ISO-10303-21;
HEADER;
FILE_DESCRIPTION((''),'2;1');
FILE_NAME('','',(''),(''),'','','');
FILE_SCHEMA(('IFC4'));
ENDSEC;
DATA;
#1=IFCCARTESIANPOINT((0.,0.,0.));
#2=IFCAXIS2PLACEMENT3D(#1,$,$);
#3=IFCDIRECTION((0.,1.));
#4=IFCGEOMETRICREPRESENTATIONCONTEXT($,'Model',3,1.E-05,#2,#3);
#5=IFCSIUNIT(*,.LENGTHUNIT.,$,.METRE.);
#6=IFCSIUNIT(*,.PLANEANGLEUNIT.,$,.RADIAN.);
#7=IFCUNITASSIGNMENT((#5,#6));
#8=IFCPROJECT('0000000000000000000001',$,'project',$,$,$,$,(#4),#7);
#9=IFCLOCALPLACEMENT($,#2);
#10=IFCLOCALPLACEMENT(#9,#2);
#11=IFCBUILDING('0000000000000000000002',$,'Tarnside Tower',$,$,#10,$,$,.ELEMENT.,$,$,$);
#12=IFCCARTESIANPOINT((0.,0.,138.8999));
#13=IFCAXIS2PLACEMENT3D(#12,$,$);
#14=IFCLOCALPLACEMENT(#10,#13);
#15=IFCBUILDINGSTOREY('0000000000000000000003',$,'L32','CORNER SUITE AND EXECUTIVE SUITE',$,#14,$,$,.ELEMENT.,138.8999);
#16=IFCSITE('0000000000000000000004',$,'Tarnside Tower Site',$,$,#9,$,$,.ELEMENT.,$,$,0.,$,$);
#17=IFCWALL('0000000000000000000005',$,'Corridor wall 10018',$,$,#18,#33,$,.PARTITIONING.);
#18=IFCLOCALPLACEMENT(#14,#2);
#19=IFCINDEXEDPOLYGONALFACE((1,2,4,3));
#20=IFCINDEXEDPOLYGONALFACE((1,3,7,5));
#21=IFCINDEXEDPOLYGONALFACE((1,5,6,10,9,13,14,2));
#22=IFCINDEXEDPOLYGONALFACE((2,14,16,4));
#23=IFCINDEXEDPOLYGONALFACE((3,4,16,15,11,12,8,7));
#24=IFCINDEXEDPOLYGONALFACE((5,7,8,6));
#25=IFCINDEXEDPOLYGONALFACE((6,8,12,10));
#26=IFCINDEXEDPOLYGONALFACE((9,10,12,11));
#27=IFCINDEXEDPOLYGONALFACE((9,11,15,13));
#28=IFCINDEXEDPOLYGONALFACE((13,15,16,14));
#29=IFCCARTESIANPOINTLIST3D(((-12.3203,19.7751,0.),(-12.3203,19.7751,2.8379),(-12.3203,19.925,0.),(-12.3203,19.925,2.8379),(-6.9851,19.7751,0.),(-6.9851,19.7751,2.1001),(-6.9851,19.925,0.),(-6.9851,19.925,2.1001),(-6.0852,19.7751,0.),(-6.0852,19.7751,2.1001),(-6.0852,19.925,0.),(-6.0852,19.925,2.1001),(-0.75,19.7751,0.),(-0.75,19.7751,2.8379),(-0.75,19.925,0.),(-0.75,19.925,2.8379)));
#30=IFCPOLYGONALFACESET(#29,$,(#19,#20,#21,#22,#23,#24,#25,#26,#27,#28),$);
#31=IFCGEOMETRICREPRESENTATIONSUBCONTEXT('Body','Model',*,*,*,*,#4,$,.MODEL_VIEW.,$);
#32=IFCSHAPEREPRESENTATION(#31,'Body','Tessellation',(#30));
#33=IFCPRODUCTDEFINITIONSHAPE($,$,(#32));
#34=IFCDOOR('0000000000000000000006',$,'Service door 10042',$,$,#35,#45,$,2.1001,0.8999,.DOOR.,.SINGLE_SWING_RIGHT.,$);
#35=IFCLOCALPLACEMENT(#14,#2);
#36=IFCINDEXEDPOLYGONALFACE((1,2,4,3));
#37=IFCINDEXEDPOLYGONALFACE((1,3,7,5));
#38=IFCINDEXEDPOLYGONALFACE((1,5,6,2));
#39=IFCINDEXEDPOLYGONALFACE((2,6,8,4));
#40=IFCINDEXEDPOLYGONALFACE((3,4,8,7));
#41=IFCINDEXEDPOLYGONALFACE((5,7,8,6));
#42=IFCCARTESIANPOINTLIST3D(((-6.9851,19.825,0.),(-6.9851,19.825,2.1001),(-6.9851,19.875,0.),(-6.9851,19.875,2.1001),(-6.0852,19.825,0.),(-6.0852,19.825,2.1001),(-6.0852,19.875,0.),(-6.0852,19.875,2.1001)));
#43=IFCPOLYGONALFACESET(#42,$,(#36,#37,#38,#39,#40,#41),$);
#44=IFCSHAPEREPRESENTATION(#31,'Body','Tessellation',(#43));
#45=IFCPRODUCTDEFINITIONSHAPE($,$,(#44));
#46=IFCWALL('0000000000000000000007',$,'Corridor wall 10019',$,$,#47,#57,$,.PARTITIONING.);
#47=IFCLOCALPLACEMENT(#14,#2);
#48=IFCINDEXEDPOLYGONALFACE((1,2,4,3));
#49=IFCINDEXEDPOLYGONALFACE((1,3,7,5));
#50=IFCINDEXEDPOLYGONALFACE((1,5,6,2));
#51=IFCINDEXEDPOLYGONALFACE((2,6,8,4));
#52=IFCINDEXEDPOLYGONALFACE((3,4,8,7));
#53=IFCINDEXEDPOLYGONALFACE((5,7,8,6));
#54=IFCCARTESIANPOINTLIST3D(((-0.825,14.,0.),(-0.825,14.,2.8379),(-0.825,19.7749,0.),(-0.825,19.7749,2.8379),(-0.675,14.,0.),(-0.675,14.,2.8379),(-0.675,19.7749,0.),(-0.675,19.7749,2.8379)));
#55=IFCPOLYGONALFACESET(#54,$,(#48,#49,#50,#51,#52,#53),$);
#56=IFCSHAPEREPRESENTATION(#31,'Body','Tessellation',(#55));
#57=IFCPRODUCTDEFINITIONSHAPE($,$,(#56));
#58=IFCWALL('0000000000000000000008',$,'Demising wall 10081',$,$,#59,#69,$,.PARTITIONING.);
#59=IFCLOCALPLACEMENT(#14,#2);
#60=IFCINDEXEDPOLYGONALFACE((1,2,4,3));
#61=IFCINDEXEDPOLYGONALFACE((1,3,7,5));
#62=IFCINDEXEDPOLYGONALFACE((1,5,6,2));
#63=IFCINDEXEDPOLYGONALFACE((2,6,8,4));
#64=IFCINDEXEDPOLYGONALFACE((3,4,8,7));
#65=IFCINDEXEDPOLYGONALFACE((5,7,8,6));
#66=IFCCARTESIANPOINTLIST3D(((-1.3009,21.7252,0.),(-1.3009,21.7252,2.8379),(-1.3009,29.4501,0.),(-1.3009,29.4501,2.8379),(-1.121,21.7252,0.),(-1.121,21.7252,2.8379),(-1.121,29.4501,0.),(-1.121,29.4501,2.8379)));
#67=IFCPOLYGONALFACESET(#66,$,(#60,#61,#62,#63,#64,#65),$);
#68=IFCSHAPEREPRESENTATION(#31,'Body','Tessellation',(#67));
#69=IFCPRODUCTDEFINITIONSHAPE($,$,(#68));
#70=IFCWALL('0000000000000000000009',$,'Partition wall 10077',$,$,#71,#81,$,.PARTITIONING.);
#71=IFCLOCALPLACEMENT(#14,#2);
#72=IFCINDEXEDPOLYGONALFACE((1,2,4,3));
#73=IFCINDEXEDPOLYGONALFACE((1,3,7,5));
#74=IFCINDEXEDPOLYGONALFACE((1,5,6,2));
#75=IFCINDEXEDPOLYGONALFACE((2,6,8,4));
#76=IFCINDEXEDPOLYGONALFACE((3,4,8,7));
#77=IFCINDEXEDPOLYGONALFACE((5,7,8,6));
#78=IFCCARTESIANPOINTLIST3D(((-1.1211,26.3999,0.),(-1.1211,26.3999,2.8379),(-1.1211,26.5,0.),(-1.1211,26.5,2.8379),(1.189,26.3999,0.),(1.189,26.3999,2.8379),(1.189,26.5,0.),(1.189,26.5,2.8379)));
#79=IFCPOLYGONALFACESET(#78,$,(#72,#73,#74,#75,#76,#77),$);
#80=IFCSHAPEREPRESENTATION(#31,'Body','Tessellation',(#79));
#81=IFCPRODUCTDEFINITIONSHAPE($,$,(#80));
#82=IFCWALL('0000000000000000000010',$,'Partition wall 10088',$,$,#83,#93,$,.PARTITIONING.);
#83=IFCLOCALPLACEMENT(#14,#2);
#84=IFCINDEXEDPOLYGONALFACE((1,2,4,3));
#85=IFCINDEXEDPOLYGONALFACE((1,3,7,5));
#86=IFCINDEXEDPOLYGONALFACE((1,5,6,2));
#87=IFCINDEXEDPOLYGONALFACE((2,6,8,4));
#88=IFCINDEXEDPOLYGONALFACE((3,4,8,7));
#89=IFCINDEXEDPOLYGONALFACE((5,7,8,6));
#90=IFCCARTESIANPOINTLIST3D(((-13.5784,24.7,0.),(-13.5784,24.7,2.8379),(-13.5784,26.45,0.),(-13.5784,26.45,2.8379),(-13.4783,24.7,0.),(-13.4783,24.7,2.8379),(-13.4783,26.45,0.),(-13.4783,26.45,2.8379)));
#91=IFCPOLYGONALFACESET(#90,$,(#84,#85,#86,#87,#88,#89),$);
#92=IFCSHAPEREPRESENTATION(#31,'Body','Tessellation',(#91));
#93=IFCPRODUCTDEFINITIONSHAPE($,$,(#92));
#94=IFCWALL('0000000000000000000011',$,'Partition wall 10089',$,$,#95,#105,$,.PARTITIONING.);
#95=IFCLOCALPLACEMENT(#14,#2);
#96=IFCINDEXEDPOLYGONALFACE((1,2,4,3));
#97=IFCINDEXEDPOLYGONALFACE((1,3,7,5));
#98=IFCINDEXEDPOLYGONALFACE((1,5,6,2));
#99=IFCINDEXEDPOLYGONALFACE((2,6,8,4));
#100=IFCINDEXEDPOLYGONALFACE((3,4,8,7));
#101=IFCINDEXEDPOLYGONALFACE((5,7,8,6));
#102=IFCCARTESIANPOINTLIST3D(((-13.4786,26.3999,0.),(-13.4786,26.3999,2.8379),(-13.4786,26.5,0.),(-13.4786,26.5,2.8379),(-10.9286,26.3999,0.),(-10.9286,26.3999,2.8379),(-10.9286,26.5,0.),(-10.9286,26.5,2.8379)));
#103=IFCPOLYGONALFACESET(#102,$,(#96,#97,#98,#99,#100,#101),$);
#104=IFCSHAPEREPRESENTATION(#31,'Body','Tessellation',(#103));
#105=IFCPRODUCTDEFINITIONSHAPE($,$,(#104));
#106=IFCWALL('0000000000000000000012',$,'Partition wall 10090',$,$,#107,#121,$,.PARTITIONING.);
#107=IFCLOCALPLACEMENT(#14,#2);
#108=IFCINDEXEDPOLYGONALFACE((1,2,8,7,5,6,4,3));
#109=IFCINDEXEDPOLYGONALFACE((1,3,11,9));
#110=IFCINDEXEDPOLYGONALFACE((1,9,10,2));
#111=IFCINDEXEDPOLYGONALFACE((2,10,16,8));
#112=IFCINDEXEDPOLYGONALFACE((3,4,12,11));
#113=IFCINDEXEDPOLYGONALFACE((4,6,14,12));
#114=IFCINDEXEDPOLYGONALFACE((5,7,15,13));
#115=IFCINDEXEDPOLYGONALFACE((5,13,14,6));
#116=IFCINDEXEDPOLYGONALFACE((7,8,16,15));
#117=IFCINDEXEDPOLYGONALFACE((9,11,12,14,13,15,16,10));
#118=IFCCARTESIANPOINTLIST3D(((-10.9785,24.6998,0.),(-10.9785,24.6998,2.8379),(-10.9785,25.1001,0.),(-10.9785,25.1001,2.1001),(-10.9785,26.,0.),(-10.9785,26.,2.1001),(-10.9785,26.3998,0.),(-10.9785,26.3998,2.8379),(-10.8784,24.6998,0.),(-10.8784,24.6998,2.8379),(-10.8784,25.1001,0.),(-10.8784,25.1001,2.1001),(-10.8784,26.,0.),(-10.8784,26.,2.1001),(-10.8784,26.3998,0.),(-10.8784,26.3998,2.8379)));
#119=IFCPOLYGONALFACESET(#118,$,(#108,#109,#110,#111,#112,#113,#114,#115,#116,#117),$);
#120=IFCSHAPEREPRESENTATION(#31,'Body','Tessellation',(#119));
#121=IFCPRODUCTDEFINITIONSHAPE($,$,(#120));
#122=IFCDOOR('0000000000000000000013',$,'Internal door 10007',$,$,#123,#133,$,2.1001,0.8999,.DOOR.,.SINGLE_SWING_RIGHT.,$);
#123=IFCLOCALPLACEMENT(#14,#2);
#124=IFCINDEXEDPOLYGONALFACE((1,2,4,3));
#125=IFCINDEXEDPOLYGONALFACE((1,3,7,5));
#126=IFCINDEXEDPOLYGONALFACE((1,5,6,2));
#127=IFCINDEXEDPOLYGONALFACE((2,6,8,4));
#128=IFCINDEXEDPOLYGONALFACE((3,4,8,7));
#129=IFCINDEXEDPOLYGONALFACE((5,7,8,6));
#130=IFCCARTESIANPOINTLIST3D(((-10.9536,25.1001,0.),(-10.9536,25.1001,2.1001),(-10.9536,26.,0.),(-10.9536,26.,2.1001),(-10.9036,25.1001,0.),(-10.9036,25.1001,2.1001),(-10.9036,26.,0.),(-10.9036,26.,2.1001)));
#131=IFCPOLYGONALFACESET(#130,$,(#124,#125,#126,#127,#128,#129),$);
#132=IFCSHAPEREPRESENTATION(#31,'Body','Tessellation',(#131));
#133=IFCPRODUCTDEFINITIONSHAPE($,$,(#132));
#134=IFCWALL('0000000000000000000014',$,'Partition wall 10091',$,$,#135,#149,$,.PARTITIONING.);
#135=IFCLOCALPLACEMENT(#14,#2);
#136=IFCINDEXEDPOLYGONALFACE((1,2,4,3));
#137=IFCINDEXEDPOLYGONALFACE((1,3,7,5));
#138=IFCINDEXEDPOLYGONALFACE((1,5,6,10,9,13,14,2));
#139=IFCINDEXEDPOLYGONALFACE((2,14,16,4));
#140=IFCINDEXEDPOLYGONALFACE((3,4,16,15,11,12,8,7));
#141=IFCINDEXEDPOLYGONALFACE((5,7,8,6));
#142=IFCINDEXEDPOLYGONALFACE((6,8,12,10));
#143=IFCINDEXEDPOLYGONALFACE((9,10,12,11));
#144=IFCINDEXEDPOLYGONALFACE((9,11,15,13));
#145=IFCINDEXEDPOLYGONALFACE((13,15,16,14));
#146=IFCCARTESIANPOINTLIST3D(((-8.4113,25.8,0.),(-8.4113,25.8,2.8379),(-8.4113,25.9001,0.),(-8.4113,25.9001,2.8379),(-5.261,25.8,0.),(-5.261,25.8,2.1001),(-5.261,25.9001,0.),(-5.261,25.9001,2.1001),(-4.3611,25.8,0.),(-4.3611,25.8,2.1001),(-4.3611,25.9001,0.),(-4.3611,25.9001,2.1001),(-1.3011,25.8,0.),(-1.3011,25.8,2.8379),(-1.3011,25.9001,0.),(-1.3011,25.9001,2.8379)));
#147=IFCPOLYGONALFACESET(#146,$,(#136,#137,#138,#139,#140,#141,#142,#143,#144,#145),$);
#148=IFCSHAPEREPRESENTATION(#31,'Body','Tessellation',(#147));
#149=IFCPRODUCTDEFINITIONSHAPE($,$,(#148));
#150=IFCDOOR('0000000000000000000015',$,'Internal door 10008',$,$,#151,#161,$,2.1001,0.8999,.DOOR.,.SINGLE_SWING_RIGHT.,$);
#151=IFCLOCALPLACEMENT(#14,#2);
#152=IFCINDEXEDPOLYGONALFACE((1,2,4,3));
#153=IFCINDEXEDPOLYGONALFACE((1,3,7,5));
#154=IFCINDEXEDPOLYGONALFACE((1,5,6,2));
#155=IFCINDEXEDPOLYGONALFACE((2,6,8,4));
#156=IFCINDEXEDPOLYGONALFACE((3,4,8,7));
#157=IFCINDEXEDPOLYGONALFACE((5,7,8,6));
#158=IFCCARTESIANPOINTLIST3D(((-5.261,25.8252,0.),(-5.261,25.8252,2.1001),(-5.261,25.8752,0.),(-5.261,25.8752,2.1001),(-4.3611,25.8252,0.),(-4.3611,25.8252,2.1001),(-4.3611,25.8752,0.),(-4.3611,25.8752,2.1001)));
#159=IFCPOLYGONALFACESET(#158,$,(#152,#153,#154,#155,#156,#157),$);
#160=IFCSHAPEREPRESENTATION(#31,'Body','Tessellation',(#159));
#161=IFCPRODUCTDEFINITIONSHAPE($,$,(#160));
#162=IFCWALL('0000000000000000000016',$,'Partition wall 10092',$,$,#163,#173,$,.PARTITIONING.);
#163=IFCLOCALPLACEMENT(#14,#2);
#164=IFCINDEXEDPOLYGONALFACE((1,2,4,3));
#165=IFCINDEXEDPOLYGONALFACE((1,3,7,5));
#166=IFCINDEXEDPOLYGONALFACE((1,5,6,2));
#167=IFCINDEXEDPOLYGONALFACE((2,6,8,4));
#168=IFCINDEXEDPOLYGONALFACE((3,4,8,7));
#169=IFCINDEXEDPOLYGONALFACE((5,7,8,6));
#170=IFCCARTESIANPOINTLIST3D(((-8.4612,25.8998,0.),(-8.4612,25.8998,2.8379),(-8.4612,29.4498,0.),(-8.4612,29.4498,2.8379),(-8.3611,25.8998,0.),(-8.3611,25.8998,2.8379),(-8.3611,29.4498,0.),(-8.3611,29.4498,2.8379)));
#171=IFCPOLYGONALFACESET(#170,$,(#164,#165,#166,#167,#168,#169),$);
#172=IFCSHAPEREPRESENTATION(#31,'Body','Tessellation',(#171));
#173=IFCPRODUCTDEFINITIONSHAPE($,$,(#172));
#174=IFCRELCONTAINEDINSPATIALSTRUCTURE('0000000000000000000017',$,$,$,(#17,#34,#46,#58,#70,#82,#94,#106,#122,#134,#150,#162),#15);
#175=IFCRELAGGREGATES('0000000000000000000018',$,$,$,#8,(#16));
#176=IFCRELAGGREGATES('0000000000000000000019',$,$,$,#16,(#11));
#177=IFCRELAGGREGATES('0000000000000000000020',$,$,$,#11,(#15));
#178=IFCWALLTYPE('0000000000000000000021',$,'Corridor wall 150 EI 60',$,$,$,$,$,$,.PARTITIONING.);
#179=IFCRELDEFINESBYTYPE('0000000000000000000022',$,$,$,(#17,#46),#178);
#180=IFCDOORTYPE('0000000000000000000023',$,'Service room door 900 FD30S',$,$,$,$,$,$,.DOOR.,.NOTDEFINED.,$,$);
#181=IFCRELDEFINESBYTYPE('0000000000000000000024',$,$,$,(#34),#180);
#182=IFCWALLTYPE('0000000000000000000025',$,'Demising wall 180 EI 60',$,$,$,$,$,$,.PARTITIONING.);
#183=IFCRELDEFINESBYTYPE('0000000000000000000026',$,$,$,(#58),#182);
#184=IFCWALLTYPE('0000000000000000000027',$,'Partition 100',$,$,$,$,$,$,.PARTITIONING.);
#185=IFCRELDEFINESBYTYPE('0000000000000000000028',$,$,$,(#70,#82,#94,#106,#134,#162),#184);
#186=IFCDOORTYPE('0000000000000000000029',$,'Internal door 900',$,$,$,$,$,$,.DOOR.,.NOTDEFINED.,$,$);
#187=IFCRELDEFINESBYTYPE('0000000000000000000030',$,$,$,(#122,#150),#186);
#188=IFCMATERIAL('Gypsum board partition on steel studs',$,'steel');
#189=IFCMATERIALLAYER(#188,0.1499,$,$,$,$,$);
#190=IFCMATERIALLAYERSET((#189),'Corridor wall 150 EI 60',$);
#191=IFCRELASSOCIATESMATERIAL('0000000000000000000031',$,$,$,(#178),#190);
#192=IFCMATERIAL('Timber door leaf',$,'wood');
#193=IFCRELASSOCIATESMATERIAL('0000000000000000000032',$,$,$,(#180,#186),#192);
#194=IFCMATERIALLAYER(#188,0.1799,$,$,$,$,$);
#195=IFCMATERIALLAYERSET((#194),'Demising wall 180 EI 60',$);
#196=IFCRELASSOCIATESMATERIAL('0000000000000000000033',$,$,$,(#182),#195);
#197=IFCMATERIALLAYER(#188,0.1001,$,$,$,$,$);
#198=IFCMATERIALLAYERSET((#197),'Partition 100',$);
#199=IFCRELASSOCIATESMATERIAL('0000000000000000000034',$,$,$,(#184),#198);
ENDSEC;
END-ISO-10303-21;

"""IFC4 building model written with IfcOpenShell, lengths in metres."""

from ifc_helpers import new_model, si_unit, direction, frame, frame_2d, origin, place, context, subcontext, project, spatial, rectangle, extrude, material, layer, layer_set, type_object, element, fill, save


model = new_model("IFC4")

# Units and contexts
model_context = context("Model", 3, precision=1e-05, world=origin(), true_north=direction((0.0, 1.0)))
body_context = subcontext(model_context, "Body", "Model", "MODEL_VIEW")
ifc_project = project(units=[si_unit("LENGTHUNIT", "METRE"), si_unit("PLANEANGLEUNIT", "RADIAN")], contexts=[model_context])

# Site, building, storey
site_placement = place(None, origin())
site = spatial("IfcSite", under=ifc_project, at=site_placement, Name="Tarnside Tower Site", CompositionType="ELEMENT", RefElevation=0.0)
building_placement = place(site_placement, origin())
building = spatial("IfcBuilding", under=site, at=building_placement, Name="Tarnside Tower", CompositionType="ELEMENT")
storey_placement = place(building_placement, frame((0.0, 0.0, 138.8999)))
storey = spatial("IfcBuildingStorey", under=building, at=storey_placement, Name="L32", Description="CORNER SUITE AND EXECUTIVE SUITE", CompositionType="ELEMENT", Elevation=138.8999)

# Shared definitions
ifc_material_1 = material(Name="Gypsum board partition on steel studs", Category="steel")

# Shared definitions
ifc_material_2 = material(Name="Timber door leaf", Category="wood")

# Shared definitions
ifc_layer_1 = layer(ifc_material_1, 0.1499)
ifc_layer_set_1 = layer_set([ifc_layer_1], Name="Corridor wall 150 EI 60")
wall_type_1 = type_object("IfcWallType", Name="Corridor wall 150 EI 60", PredefinedType="PARTITIONING", material=ifc_layer_set_1)

# Wall, opening, door
wall_1_placement = place(storey_placement, frame((-12.3203, 19.8501, 0.0), z_axis=(0.0, 0.0, 1.0), x_axis=(1.0, 0.0, 0.0)))
wall_1 = element("IfcWall", 1, at=wall_1_placement, inside=storey, type_object=wall_type_1, Name="Corridor wall 10018", PredefinedType="PARTITIONING", context=body_context, shape_type="SweptSolid", body=[
    extrude(rectangle(XDim=11.5703, YDim=0.1499, at=frame_2d((5.7852, 0.0))), origin(), (0.0, 0.0, 1.0), 2.8379),
])
opening_1_placement = place(wall_1_placement, frame((5.3352, 0.0, 0.0)))
opening_1 = element("IfcOpeningElement", 2, at=opening_1_placement, cuts=wall_1, PredefinedType="OPENING", context=body_context, shape_type="SweptSolid", body=[
    extrude(rectangle(XDim=0.8999, YDim=2.1001, at=frame_2d((0.45, 1.05))), frame((0.0, 0.085, 0.0), z_axis=(0.0, -1.0, 0.0), x_axis=(1.0, 0.0, 0.0)), (0.0, 0.0, 1.0), 0.1699),
])
door_type_1 = type_object("IfcDoorType", Name="Service room door 900 FD30S", OperationType="NOTDEFINED", PredefinedType="DOOR", material=ifc_material_2)
door_1_placement = place(opening_1_placement, origin())
door_1 = element("IfcDoor", 3, at=door_1_placement, inside=storey, type_object=door_type_1, Name="Service door 10042", OperationType="SINGLE_SWING_RIGHT", OverallHeight=2.1001, OverallWidth=0.8999, PredefinedType="DOOR", context=body_context, shape_type="SweptSolid", body=[
    extrude(rectangle(XDim=0.8999, YDim=2.1001, at=frame_2d((0.45, 1.05))), frame((0.0, 0.0249, 0.0), z_axis=(0.0, -1.0, 0.0), x_axis=(1.0, 0.0, 0.0)), (0.0, 0.0, 1.0), 0.05),
])
fill(opening_1, door_1)

# Walls
wall_2_placement = place(storey_placement, frame((-0.75, 19.7749, 0.0), z_axis=(0.0, 0.0, 1.0), x_axis=(0.0, -1.0, 0.0)))
element("IfcWall", 4, at=wall_2_placement, inside=storey, type_object=wall_type_1, Name="Corridor wall 10019", PredefinedType="PARTITIONING", context=body_context, shape_type="SweptSolid", body=[
    extrude(rectangle(XDim=5.7749, YDim=0.1499, at=frame_2d((2.8875, 0.0))), origin(), (0.0, 0.0, 1.0), 2.8379),
])
ifc_layer_2 = layer(ifc_material_1, 0.1799)
ifc_layer_set_2 = layer_set([ifc_layer_2], Name="Demising wall 180 EI 60")
wall_type_2 = type_object("IfcWallType", Name="Demising wall 180 EI 60", PredefinedType="PARTITIONING", material=ifc_layer_set_2)
wall_3_placement = place(storey_placement, frame((-1.2109, 29.45, 0.0), z_axis=(0.0, 0.0, 1.0), x_axis=(0.0, -1.0, 0.0)))
element("IfcWall", 5, at=wall_3_placement, inside=storey, type_object=wall_type_2, Name="Demising wall 10081", PredefinedType="PARTITIONING", context=body_context, shape_type="SweptSolid", body=[
    extrude(rectangle(XDim=7.7249, YDim=0.1799, at=frame_2d((3.8623, 0.0))), origin(), (0.0, 0.0, 1.0), 2.8379),
])
ifc_layer_3 = layer(ifc_material_1, 0.1001)
ifc_layer_set_3 = layer_set([ifc_layer_3], Name="Partition 100")
wall_type_3 = type_object("IfcWallType", Name="Partition 100", PredefinedType="PARTITIONING", material=ifc_layer_set_3)
wall_4_placement = place(storey_placement, frame((-1.1211, 26.45, 0.0), z_axis=(0.0, 0.0, 1.0), x_axis=(1.0, 0.0, 0.0)))
element("IfcWall", 6, at=wall_4_placement, inside=storey, type_object=wall_type_3, Name="Partition wall 10077", PredefinedType="PARTITIONING", context=body_context, shape_type="SweptSolid", body=[
    extrude(rectangle(XDim=2.3101, YDim=0.1001, at=frame_2d((1.155, 0.0))), origin(), (0.0, 0.0, 1.0), 2.8379),
])
wall_5_placement = place(storey_placement, frame((-13.5283, 24.7, 0.0), z_axis=(0.0, 0.0, 1.0), x_axis=(0.0, 1.0, 0.0)))
element("IfcWall", 7, at=wall_5_placement, inside=storey, type_object=wall_type_3, Name="Partition wall 10088", PredefinedType="PARTITIONING", context=body_context, shape_type="SweptSolid", body=[
    extrude(rectangle(XDim=1.75, YDim=0.1001, at=frame_2d((0.875, 0.0))), origin(), (0.0, 0.0, 1.0), 2.8379),
])
wall_6_placement = place(storey_placement, frame((-13.4785, 26.45, 0.0), z_axis=(0.0, 0.0, 1.0), x_axis=(1.0, 0.0, 0.0)))
element("IfcWall", 8, at=wall_6_placement, inside=storey, type_object=wall_type_3, Name="Partition wall 10089", PredefinedType="PARTITIONING", context=body_context, shape_type="SweptSolid", body=[
    extrude(rectangle(XDim=2.55, YDim=0.1001, at=frame_2d((1.2749, 0.0))), origin(), (0.0, 0.0, 1.0), 2.8379),
])

# Walls, openings, doors
wall_7_placement = place(storey_placement, frame((-10.9285, 26.3999, 0.0), z_axis=(0.0, 0.0, 1.0), x_axis=(0.0, -1.0, 0.0)))
wall_7 = element("IfcWall", 9, at=wall_7_placement, inside=storey, type_object=wall_type_3, Name="Partition wall 10090", PredefinedType="PARTITIONING", context=body_context, shape_type="SweptSolid", body=[
    extrude(rectangle(XDim=1.7, YDim=0.1001, at=frame_2d((0.8501, 0.0))), origin(), (0.0, 0.0, 1.0), 2.8379),
])
opening_2_placement = place(wall_7_placement, frame((0.3999, 0.0, 0.0)))
opening_2 = element("IfcOpeningElement", 10, at=opening_2_placement, cuts=wall_7, PredefinedType="OPENING", context=body_context, shape_type="SweptSolid", body=[
    extrude(rectangle(XDim=0.8999, YDim=2.1001, at=frame_2d((0.45, 1.05))), frame((0.0, 0.0601, 0.0), z_axis=(0.0, -1.0, 0.0), x_axis=(1.0, 0.0, 0.0)), (0.0, 0.0, 1.0), 0.1201),
])
door_type_2 = type_object("IfcDoorType", Name="Internal door 900", OperationType="NOTDEFINED", PredefinedType="DOOR", material=ifc_material_2)
door_2_placement = place(opening_2_placement, origin())
door_2 = element("IfcDoor", 11, at=door_2_placement, inside=storey, type_object=door_type_2, Name="Internal door 10007", OperationType="SINGLE_SWING_RIGHT", OverallHeight=2.1001, OverallWidth=0.8999, PredefinedType="DOOR", context=body_context, shape_type="SweptSolid", body=[
    extrude(rectangle(XDim=0.8999, YDim=2.1001, at=frame_2d((0.45, 1.05))), frame((0.0, 0.0249, 0.0), z_axis=(0.0, -1.0, 0.0), x_axis=(1.0, 0.0, 0.0)), (0.0, 0.0, 1.0), 0.05),
])
fill(opening_2, door_2)
wall_8_placement = place(storey_placement, frame((-1.301, 25.8501, 0.0), z_axis=(0.0, 0.0, 1.0), x_axis=(-1.0, 0.0, 0.0)))
wall_8 = element("IfcWall", 12, at=wall_8_placement, inside=storey, type_object=wall_type_3, Name="Partition wall 10091", PredefinedType="PARTITIONING", context=body_context, shape_type="SweptSolid", body=[
    extrude(rectangle(XDim=7.1101, YDim=0.1001, at=frame_2d((3.5552, 0.0))), origin(), (0.0, 0.0, 1.0), 2.8379),
])
opening_3_placement = place(wall_8_placement, frame((3.0601, 0.0, 0.0)))
opening_3 = element("IfcOpeningElement", 13, at=opening_3_placement, cuts=wall_8, PredefinedType="OPENING", context=body_context, shape_type="SweptSolid", body=[
    extrude(rectangle(XDim=0.8999, YDim=2.1001, at=frame_2d((0.45, 1.05))), frame((0.0, 0.0601, 0.0), z_axis=(0.0, -1.0, 0.0), x_axis=(1.0, 0.0, 0.0)), (0.0, 0.0, 1.0), 0.1201),
])
door_3_placement = place(opening_3_placement, origin())
door_3 = element("IfcDoor", 14, at=door_3_placement, inside=storey, type_object=door_type_2, Name="Internal door 10008", OperationType="SINGLE_SWING_RIGHT", OverallHeight=2.1001, OverallWidth=0.8999, PredefinedType="DOOR", context=body_context, shape_type="SweptSolid", body=[
    extrude(rectangle(XDim=0.8999, YDim=2.1001, at=frame_2d((0.45, 1.05))), frame((0.0, 0.0249, 0.0), z_axis=(0.0, -1.0, 0.0), x_axis=(1.0, 0.0, 0.0)), (0.0, 0.0, 1.0), 0.05),
])
fill(opening_3, door_3)

# Wall
wall_9_placement = place(storey_placement, frame((-8.4111, 25.8999, 0.0), z_axis=(0.0, 0.0, 1.0), x_axis=(0.0, 1.0, 0.0)))
element("IfcWall", 15, at=wall_9_placement, inside=storey, type_object=wall_type_3, Name="Partition wall 10092", PredefinedType="PARTITIONING", context=body_context, shape_type="SweptSolid", body=[
    extrude(rectangle(XDim=3.55, YDim=0.1001, at=frame_2d((1.7749, 0.0))), origin(), (0.0, 0.0, 1.0), 2.8379),
])

save(model, "model.ifc")
